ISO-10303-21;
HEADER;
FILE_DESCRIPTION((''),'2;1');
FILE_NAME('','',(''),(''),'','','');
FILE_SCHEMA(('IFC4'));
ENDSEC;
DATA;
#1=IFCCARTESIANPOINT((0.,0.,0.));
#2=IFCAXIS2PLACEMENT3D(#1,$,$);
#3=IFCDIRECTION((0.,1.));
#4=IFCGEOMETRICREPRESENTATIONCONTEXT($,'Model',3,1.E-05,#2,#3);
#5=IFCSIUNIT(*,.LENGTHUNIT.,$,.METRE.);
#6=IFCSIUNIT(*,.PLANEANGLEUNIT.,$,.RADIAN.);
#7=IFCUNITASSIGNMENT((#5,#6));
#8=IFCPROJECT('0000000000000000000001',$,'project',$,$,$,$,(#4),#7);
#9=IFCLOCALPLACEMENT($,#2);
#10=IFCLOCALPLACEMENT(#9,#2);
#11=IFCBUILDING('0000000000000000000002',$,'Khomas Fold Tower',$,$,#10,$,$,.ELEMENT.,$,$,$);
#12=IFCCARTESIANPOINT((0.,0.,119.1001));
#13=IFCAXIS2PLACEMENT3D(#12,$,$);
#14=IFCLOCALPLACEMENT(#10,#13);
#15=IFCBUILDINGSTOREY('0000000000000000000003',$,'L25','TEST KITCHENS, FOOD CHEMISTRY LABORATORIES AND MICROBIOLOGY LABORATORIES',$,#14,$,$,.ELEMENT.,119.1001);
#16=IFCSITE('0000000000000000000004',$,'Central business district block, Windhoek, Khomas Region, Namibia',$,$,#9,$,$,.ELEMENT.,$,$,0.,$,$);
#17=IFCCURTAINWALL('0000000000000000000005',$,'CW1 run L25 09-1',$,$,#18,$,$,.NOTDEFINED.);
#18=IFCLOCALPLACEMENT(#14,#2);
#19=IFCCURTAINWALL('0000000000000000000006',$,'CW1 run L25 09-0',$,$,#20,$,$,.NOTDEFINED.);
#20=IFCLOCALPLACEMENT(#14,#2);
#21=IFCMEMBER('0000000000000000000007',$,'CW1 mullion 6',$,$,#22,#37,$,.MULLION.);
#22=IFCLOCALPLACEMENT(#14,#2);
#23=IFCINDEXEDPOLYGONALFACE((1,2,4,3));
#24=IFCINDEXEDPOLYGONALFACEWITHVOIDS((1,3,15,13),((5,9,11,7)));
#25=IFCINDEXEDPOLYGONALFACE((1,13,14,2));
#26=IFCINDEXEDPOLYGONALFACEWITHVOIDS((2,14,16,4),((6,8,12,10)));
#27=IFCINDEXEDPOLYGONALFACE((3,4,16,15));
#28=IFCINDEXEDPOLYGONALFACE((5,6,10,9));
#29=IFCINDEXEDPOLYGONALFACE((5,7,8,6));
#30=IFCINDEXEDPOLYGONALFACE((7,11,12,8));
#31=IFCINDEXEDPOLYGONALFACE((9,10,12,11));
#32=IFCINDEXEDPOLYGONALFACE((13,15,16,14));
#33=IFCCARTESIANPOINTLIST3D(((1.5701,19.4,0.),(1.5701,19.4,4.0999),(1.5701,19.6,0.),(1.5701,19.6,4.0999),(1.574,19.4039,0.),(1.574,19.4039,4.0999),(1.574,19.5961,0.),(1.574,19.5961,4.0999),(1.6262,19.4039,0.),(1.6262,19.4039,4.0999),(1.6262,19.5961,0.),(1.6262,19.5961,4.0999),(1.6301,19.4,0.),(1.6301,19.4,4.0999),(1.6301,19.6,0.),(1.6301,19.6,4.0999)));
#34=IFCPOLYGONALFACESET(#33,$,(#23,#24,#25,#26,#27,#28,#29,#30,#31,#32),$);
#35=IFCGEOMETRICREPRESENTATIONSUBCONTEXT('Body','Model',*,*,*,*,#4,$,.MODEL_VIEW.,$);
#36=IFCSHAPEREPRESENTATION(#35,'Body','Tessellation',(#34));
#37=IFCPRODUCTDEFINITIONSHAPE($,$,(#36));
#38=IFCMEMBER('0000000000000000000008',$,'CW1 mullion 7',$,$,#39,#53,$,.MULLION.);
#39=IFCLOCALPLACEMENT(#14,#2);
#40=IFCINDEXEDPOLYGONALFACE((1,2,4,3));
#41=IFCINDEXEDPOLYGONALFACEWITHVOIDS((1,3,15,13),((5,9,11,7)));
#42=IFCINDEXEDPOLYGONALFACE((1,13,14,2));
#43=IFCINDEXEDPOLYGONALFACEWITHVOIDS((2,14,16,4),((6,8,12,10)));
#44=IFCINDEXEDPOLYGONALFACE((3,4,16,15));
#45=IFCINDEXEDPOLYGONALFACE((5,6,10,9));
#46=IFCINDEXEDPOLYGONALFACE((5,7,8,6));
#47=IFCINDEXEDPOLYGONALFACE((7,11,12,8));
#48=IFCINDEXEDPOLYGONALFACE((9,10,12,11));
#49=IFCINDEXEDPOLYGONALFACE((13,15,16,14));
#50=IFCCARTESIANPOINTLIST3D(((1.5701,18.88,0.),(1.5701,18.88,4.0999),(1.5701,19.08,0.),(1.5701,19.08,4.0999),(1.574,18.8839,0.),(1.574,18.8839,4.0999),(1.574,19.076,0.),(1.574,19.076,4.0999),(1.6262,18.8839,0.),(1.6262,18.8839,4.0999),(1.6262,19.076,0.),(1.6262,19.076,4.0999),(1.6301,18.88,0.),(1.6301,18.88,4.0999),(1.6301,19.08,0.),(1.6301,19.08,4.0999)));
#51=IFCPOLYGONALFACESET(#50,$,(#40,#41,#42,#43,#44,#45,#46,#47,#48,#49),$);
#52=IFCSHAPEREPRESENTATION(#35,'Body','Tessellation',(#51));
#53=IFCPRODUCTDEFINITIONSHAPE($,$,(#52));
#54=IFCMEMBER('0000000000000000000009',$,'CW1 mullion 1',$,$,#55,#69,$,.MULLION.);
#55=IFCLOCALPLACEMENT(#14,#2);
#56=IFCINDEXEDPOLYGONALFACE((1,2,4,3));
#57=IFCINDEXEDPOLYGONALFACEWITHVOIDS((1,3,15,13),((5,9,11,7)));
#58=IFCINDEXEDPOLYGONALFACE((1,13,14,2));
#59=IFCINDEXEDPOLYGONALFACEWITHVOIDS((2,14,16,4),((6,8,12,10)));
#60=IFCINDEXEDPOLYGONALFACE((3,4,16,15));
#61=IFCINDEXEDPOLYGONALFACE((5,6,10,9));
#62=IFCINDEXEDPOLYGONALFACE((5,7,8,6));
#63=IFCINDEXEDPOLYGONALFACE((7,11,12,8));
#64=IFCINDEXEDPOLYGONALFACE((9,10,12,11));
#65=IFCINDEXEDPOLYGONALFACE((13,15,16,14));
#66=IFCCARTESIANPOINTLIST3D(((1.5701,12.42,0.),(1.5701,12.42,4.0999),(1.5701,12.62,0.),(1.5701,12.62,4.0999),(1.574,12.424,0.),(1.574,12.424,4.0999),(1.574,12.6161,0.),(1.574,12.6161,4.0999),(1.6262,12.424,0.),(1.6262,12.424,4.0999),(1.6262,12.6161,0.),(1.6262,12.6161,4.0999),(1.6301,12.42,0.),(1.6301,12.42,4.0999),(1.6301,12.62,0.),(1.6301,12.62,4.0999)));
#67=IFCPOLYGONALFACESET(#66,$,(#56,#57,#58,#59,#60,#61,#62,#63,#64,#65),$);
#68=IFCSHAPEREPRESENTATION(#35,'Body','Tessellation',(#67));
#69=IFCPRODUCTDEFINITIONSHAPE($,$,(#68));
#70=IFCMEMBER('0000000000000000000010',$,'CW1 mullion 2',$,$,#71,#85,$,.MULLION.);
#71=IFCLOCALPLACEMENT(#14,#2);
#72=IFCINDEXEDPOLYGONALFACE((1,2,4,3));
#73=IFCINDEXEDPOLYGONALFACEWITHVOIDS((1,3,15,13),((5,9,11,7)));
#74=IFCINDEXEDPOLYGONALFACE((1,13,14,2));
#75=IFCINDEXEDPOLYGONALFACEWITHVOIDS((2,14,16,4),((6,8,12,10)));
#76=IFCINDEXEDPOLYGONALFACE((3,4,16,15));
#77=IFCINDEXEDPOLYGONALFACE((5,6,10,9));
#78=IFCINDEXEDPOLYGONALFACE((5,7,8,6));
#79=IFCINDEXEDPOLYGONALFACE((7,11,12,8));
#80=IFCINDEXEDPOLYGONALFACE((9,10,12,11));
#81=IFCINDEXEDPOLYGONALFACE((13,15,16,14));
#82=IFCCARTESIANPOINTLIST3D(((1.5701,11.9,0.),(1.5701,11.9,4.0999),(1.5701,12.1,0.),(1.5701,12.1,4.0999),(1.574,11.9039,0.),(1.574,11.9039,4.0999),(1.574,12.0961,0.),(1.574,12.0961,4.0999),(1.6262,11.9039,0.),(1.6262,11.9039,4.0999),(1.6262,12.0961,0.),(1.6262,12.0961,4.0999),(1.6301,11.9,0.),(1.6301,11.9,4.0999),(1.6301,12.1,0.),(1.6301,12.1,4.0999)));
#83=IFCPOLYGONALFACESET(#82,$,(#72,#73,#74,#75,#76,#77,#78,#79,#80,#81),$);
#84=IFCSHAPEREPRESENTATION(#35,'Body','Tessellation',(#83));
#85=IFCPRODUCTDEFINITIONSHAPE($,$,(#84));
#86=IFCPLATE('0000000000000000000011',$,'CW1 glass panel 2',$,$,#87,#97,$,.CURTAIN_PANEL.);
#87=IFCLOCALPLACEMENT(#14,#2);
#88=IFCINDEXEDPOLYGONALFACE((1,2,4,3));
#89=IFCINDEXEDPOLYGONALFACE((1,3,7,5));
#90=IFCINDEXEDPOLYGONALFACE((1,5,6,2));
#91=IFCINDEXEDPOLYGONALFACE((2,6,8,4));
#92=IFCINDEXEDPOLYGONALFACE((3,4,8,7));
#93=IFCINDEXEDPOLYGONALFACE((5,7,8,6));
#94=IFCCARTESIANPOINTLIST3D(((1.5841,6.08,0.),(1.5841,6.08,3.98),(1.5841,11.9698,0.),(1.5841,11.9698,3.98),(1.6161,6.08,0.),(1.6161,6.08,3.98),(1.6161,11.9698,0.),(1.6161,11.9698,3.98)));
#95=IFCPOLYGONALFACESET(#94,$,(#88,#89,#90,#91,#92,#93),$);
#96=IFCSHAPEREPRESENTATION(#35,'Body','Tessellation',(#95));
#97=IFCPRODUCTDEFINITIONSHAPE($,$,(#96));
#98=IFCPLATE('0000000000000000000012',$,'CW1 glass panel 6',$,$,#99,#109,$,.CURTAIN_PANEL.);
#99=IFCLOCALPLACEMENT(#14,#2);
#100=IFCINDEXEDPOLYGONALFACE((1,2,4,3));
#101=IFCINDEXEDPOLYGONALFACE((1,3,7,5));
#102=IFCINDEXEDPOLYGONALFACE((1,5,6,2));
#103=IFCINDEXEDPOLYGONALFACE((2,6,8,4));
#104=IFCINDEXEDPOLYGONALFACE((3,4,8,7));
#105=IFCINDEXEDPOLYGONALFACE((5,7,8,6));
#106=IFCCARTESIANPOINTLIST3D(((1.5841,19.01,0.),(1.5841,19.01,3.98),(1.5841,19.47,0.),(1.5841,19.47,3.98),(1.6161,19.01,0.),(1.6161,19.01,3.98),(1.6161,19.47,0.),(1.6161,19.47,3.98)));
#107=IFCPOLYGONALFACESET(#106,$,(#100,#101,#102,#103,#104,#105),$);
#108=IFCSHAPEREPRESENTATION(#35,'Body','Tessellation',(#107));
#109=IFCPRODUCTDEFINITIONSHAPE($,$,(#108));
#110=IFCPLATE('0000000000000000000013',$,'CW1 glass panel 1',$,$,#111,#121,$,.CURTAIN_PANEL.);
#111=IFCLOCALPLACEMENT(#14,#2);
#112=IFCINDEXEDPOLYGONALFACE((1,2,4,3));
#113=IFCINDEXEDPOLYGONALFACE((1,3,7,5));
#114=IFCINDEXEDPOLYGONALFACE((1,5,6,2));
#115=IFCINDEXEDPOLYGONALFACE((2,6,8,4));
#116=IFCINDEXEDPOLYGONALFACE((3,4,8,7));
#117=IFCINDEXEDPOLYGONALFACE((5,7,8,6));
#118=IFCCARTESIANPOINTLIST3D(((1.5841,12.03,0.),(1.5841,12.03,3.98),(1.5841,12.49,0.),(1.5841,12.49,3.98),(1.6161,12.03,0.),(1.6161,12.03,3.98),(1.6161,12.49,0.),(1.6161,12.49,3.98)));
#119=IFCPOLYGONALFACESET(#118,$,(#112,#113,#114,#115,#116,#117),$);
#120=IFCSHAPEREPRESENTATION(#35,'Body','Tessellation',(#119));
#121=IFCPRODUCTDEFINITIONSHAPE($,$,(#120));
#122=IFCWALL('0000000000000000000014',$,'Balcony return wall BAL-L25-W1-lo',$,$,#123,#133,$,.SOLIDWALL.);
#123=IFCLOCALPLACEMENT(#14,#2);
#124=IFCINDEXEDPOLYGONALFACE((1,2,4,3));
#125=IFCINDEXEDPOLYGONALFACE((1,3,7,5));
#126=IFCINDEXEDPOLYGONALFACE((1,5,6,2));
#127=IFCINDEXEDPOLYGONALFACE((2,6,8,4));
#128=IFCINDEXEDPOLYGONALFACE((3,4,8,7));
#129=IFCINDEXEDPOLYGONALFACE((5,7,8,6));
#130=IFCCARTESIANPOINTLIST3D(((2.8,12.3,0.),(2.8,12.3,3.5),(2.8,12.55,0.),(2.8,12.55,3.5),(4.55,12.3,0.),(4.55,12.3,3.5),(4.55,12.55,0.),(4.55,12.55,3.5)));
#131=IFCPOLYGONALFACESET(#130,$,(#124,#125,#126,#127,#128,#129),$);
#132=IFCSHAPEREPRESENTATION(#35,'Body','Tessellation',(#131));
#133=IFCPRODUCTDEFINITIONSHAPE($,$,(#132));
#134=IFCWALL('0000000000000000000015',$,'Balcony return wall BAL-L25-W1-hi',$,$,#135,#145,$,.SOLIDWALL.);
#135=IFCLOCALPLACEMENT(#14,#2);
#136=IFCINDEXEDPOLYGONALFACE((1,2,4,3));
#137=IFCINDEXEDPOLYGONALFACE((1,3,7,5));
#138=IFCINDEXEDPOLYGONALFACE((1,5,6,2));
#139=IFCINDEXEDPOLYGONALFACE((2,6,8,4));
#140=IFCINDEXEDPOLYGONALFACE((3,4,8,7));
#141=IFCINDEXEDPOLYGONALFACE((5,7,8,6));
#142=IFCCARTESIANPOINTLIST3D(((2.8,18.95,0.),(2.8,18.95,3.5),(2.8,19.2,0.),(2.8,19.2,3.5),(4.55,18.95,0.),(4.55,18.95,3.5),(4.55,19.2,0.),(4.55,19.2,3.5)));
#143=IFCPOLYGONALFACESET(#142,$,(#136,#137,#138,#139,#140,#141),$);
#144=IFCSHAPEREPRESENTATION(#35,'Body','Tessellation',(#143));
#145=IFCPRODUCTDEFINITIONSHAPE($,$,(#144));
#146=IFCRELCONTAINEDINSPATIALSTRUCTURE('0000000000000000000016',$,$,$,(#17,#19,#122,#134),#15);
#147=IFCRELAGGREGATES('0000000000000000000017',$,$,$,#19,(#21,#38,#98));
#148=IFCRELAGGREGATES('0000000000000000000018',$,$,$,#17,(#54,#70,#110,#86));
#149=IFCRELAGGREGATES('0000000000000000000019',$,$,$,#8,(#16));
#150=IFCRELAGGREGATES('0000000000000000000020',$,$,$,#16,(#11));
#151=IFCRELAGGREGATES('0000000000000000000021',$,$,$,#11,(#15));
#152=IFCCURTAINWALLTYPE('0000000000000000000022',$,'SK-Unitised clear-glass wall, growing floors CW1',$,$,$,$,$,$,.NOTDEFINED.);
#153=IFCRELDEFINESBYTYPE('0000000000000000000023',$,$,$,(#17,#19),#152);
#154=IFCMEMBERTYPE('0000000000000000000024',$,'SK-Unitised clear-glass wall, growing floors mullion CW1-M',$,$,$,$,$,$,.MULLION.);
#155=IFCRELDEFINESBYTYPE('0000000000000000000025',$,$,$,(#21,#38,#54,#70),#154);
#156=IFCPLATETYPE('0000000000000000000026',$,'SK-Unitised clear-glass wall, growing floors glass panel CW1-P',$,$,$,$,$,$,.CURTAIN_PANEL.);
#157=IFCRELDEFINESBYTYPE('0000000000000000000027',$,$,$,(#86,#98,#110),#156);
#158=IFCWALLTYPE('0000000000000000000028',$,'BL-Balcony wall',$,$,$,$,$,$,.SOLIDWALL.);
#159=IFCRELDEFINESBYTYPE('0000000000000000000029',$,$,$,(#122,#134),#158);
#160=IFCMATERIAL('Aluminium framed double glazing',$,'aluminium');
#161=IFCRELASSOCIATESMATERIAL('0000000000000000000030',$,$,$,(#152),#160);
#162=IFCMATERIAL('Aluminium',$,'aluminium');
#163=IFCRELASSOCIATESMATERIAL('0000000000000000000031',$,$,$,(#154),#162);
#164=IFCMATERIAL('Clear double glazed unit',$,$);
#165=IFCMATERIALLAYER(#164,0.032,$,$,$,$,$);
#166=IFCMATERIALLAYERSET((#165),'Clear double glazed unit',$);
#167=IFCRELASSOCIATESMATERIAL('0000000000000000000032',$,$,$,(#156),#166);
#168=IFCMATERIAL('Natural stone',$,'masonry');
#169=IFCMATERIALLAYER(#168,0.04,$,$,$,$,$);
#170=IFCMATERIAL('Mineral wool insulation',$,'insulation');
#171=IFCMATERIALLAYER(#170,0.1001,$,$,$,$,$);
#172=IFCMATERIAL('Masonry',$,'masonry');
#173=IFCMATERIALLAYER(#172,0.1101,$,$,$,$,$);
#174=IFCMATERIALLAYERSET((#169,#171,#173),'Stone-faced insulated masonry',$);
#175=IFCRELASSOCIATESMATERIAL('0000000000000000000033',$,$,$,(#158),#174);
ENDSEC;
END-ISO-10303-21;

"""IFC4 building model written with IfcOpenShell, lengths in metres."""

from ifc_helpers import new_model, si_unit, direction, frame, frame_2d, origin, origin_2d, place, context, subcontext, project, spatial, rectangle, hollow_rectangle, extrude, source, transform, mapped, material, layer, layer_set, material_profile, profile_set, type_object, element, aggregate, save


model = new_model("IFC4")

# Units and contexts
model_context = context("Model", 3, precision=1e-05, world=origin(), true_north=direction((0.0, 1.0)))
body_context = subcontext(model_context, "Body", "Model", "MODEL_VIEW")
ifc_project = project(units=[si_unit("LENGTHUNIT", "METRE"), si_unit("PLANEANGLEUNIT", "RADIAN")], contexts=[model_context])

# Site, building, storey
site_placement = place(None, origin())
site = spatial("IfcSite", under=ifc_project, at=site_placement, Name="Central business district block, Windhoek, Khomas Region, Namibia", CompositionType="ELEMENT", RefElevation=0.0)
building_placement = place(site_placement, origin())
building = spatial("IfcBuilding", under=site, at=building_placement, Name="Khomas Fold Tower", CompositionType="ELEMENT")
storey_placement = place(building_placement, frame((0.0, 0.0, 119.1001)))
storey = spatial("IfcBuildingStorey", under=building, at=storey_placement, Name="L25", Description="TEST KITCHENS, FOOD CHEMISTRY LABORATORIES AND MICROBIOLOGY LABORATORIES", CompositionType="ELEMENT", Elevation=119.1001)

# Curtain walls
ifc_material_1 = material(Name="Aluminium framed double glazing", Category="aluminium")
curtain_wall_type = type_object("IfcCurtainWallType", Name="SK-Unitised clear-glass wall, growing floors CW1", PredefinedType="NOTDEFINED", material=ifc_material_1)
curtain_wall_1_placement = place(storey_placement, origin())
curtain_wall_1 = element("IfcCurtainWall", 1, at=curtain_wall_1_placement, inside=storey, type_object=curtain_wall_type, Name="CW1 run L25 09-1", PredefinedType="NOTDEFINED")
curtain_wall_2_placement = place(storey_placement, origin())
curtain_wall_2 = element("IfcCurtainWall", 2, at=curtain_wall_2_placement, inside=storey, type_object=curtain_wall_type, Name="CW1 run L25 09-0", PredefinedType="NOTDEFINED")

# Members
ifc_material_2 = material(Name="Aluminium", Category="aluminium")
ifc_material_profile_1 = material_profile(ifc_material_2, hollow_rectangle(XDim=0.0601, YDim=0.2, WallThickness=0.0039, at=origin_2d()), Name="SK-Unitised clear-glass wall, growing floors mullion CW1-M")
ifc_profile_set_1 = profile_set([ifc_material_profile_1], Name="Aluminium")
member_type_1 = type_object("IfcMemberType", Name="SK-Unitised clear-glass wall, growing floors mullion CW1-M", PredefinedType="MULLION", material=ifc_profile_set_1)
shared_shape_1 = source(origin(), body_context, "Body", "SweptSolid", [
    extrude(hollow_rectangle(XDim=0.0601, YDim=0.2, WallThickness=0.0039, at=origin_2d()), origin(), (0.0, 0.0, 1.0), 4.0999),
])
member_1_placement = place(storey_placement, frame((1.6001, 19.5, 0.0), z_axis=(0.0, 0.0, 1.0), x_axis=(1.0, 0.0, 0.0)))
member_1 = element("IfcMember", 3, at=member_1_placement, type_object=member_type_1, Name="CW1 mullion 6", PredefinedType="MULLION", context=body_context, shape_type="MappedRepresentation", body=[
    mapped(shared_shape_1, transform((0.0, 0.0, 0.0))),
])
member_2_placement = place(storey_placement, frame((1.6001, 18.98, 0.0), z_axis=(0.0, 0.0, 1.0), x_axis=(1.0, 0.0, 0.0)))
member_2 = element("IfcMember", 4, at=member_2_placement, type_object=member_type_1, Name="CW1 mullion 7", PredefinedType="MULLION", context=body_context, shape_type="MappedRepresentation", body=[
    mapped(shared_shape_1, transform((0.0, 0.0, 0.0))),
])
member_3_placement = place(storey_placement, frame((1.6001, 12.52, 0.0), z_axis=(0.0, 0.0, 1.0), x_axis=(1.0, 0.0, 0.0)))
member_3 = element("IfcMember", 5, at=member_3_placement, type_object=member_type_1, Name="CW1 mullion 1", PredefinedType="MULLION", context=body_context, shape_type="MappedRepresentation", body=[
    mapped(shared_shape_1, transform((0.0, 0.0, 0.0))),
])
member_4_placement = place(storey_placement, frame((1.6001, 12.0, 0.0), z_axis=(0.0, 0.0, 1.0), x_axis=(1.0, 0.0, 0.0)))
member_4 = element("IfcMember", 6, at=member_4_placement, type_object=member_type_1, Name="CW1 mullion 2", PredefinedType="MULLION", context=body_context, shape_type="MappedRepresentation", body=[
    mapped(shared_shape_1, transform((0.0, 0.0, 0.0))),
])

# Plates
ifc_material_3 = material(Name="Clear double glazed unit")
ifc_layer_1 = layer(ifc_material_3, 0.032)
ifc_layer_set_1 = layer_set([ifc_layer_1], Name="Clear double glazed unit")
plate_type = type_object("IfcPlateType", Name="SK-Unitised clear-glass wall, growing floors glass panel CW1-P", PredefinedType="CURTAIN_PANEL", material=ifc_layer_set_1)
shared_shape_2 = source(origin(), body_context, "Body", "SweptSolid", [
    extrude(rectangle(XDim=5.8899, YDim=0.032, at=origin_2d()), origin(), (0.0, 0.0, 1.0), 3.98),
])
plate_1_placement = place(storey_placement, frame((1.6001, 9.0249, 0.0), z_axis=(0.0, 0.0, 1.0), x_axis=(0.0, -1.0, 0.0)))
plate_1 = element("IfcPlate", 7, at=plate_1_placement, type_object=plate_type, Name="CW1 glass panel 2", PredefinedType="CURTAIN_PANEL", context=body_context, shape_type="MappedRepresentation", body=[
    mapped(shared_shape_2, transform((0.0, 0.0, 0.0))),
])
shared_shape_3 = source(origin(), body_context, "Body", "SweptSolid", [
    extrude(rectangle(XDim=0.46, YDim=0.032, at=origin_2d()), origin(), (0.0, 0.0, 1.0), 3.98),
])
plate_2_placement = place(storey_placement, frame((1.6001, 19.24, 0.0), z_axis=(0.0, 0.0, 1.0), x_axis=(0.0, -1.0, 0.0)))
plate_2 = element("IfcPlate", 8, at=plate_2_placement, type_object=plate_type, Name="CW1 glass panel 6", PredefinedType="CURTAIN_PANEL", context=body_context, shape_type="MappedRepresentation", body=[
    mapped(shared_shape_3, transform((0.0, 0.0, 0.0))),
])
aggregate(curtain_wall_2, [member_1, member_2, plate_2])
plate_3_placement = place(storey_placement, frame((1.6001, 12.26, 0.0), z_axis=(0.0, 0.0, 1.0), x_axis=(0.0, -1.0, 0.0)))
plate_3 = element("IfcPlate", 9, at=plate_3_placement, type_object=plate_type, Name="CW1 glass panel 1", PredefinedType="CURTAIN_PANEL", context=body_context, shape_type="MappedRepresentation", body=[
    mapped(shared_shape_3, transform((0.0, 0.0, 0.0))),
])
aggregate(curtain_wall_1, [member_3, member_4, plate_3, plate_1])

# Shared definitions
ifc_material_4 = material(Name="Natural stone", Category="masonry")
ifc_layer_2 = layer(ifc_material_4, 0.04)
ifc_material_5 = material(Name="Mineral wool insulation", Category="insulation")
ifc_layer_3 = layer(ifc_material_5, 0.1001)
ifc_material_6 = material(Name="Masonry", Category="masonry")
ifc_layer_4 = layer(ifc_material_6, 0.1101)
ifc_layer_set_2 = layer_set([ifc_layer_2, ifc_layer_3, ifc_layer_4], Name="Stone-faced insulated masonry")
wall_type_1 = type_object("IfcWallType", Name="BL-Balcony wall", PredefinedType="SOLIDWALL", material=ifc_layer_set_2)

# Walls
shared_shape_4 = source(origin(), body_context, "Body", "SweptSolid", [
    extrude(rectangle(XDim=1.75, YDim=0.25, at=frame_2d((0.875, 0.0))), origin(), (0.0, 0.0, 1.0), 3.5),
])
for number, where, z_axis, x_axis, name in (
    (10, (2.8, 12.425, 0.0), (0.0, 0.0, 1.0), (1.0, 0.0, 0.0), "Balcony return wall BAL-L25-W1-lo"),
    (11, (2.8, 19.075, 0.0), (0.0, 0.0, 1.0), (1.0, 0.0, 0.0), "Balcony return wall BAL-L25-W1-hi"),
):
    element("IfcWall", number, at=place(storey_placement, frame(where, z_axis=z_axis, x_axis=x_axis)), inside=storey, type_object=wall_type_1, Name=name, PredefinedType="SOLIDWALL", context=body_context, shape_type="MappedRepresentation", body=[
        mapped(shared_shape_4, transform((0.0, 0.0, 0.0))),
    ])

save(model, "model.ifc")
